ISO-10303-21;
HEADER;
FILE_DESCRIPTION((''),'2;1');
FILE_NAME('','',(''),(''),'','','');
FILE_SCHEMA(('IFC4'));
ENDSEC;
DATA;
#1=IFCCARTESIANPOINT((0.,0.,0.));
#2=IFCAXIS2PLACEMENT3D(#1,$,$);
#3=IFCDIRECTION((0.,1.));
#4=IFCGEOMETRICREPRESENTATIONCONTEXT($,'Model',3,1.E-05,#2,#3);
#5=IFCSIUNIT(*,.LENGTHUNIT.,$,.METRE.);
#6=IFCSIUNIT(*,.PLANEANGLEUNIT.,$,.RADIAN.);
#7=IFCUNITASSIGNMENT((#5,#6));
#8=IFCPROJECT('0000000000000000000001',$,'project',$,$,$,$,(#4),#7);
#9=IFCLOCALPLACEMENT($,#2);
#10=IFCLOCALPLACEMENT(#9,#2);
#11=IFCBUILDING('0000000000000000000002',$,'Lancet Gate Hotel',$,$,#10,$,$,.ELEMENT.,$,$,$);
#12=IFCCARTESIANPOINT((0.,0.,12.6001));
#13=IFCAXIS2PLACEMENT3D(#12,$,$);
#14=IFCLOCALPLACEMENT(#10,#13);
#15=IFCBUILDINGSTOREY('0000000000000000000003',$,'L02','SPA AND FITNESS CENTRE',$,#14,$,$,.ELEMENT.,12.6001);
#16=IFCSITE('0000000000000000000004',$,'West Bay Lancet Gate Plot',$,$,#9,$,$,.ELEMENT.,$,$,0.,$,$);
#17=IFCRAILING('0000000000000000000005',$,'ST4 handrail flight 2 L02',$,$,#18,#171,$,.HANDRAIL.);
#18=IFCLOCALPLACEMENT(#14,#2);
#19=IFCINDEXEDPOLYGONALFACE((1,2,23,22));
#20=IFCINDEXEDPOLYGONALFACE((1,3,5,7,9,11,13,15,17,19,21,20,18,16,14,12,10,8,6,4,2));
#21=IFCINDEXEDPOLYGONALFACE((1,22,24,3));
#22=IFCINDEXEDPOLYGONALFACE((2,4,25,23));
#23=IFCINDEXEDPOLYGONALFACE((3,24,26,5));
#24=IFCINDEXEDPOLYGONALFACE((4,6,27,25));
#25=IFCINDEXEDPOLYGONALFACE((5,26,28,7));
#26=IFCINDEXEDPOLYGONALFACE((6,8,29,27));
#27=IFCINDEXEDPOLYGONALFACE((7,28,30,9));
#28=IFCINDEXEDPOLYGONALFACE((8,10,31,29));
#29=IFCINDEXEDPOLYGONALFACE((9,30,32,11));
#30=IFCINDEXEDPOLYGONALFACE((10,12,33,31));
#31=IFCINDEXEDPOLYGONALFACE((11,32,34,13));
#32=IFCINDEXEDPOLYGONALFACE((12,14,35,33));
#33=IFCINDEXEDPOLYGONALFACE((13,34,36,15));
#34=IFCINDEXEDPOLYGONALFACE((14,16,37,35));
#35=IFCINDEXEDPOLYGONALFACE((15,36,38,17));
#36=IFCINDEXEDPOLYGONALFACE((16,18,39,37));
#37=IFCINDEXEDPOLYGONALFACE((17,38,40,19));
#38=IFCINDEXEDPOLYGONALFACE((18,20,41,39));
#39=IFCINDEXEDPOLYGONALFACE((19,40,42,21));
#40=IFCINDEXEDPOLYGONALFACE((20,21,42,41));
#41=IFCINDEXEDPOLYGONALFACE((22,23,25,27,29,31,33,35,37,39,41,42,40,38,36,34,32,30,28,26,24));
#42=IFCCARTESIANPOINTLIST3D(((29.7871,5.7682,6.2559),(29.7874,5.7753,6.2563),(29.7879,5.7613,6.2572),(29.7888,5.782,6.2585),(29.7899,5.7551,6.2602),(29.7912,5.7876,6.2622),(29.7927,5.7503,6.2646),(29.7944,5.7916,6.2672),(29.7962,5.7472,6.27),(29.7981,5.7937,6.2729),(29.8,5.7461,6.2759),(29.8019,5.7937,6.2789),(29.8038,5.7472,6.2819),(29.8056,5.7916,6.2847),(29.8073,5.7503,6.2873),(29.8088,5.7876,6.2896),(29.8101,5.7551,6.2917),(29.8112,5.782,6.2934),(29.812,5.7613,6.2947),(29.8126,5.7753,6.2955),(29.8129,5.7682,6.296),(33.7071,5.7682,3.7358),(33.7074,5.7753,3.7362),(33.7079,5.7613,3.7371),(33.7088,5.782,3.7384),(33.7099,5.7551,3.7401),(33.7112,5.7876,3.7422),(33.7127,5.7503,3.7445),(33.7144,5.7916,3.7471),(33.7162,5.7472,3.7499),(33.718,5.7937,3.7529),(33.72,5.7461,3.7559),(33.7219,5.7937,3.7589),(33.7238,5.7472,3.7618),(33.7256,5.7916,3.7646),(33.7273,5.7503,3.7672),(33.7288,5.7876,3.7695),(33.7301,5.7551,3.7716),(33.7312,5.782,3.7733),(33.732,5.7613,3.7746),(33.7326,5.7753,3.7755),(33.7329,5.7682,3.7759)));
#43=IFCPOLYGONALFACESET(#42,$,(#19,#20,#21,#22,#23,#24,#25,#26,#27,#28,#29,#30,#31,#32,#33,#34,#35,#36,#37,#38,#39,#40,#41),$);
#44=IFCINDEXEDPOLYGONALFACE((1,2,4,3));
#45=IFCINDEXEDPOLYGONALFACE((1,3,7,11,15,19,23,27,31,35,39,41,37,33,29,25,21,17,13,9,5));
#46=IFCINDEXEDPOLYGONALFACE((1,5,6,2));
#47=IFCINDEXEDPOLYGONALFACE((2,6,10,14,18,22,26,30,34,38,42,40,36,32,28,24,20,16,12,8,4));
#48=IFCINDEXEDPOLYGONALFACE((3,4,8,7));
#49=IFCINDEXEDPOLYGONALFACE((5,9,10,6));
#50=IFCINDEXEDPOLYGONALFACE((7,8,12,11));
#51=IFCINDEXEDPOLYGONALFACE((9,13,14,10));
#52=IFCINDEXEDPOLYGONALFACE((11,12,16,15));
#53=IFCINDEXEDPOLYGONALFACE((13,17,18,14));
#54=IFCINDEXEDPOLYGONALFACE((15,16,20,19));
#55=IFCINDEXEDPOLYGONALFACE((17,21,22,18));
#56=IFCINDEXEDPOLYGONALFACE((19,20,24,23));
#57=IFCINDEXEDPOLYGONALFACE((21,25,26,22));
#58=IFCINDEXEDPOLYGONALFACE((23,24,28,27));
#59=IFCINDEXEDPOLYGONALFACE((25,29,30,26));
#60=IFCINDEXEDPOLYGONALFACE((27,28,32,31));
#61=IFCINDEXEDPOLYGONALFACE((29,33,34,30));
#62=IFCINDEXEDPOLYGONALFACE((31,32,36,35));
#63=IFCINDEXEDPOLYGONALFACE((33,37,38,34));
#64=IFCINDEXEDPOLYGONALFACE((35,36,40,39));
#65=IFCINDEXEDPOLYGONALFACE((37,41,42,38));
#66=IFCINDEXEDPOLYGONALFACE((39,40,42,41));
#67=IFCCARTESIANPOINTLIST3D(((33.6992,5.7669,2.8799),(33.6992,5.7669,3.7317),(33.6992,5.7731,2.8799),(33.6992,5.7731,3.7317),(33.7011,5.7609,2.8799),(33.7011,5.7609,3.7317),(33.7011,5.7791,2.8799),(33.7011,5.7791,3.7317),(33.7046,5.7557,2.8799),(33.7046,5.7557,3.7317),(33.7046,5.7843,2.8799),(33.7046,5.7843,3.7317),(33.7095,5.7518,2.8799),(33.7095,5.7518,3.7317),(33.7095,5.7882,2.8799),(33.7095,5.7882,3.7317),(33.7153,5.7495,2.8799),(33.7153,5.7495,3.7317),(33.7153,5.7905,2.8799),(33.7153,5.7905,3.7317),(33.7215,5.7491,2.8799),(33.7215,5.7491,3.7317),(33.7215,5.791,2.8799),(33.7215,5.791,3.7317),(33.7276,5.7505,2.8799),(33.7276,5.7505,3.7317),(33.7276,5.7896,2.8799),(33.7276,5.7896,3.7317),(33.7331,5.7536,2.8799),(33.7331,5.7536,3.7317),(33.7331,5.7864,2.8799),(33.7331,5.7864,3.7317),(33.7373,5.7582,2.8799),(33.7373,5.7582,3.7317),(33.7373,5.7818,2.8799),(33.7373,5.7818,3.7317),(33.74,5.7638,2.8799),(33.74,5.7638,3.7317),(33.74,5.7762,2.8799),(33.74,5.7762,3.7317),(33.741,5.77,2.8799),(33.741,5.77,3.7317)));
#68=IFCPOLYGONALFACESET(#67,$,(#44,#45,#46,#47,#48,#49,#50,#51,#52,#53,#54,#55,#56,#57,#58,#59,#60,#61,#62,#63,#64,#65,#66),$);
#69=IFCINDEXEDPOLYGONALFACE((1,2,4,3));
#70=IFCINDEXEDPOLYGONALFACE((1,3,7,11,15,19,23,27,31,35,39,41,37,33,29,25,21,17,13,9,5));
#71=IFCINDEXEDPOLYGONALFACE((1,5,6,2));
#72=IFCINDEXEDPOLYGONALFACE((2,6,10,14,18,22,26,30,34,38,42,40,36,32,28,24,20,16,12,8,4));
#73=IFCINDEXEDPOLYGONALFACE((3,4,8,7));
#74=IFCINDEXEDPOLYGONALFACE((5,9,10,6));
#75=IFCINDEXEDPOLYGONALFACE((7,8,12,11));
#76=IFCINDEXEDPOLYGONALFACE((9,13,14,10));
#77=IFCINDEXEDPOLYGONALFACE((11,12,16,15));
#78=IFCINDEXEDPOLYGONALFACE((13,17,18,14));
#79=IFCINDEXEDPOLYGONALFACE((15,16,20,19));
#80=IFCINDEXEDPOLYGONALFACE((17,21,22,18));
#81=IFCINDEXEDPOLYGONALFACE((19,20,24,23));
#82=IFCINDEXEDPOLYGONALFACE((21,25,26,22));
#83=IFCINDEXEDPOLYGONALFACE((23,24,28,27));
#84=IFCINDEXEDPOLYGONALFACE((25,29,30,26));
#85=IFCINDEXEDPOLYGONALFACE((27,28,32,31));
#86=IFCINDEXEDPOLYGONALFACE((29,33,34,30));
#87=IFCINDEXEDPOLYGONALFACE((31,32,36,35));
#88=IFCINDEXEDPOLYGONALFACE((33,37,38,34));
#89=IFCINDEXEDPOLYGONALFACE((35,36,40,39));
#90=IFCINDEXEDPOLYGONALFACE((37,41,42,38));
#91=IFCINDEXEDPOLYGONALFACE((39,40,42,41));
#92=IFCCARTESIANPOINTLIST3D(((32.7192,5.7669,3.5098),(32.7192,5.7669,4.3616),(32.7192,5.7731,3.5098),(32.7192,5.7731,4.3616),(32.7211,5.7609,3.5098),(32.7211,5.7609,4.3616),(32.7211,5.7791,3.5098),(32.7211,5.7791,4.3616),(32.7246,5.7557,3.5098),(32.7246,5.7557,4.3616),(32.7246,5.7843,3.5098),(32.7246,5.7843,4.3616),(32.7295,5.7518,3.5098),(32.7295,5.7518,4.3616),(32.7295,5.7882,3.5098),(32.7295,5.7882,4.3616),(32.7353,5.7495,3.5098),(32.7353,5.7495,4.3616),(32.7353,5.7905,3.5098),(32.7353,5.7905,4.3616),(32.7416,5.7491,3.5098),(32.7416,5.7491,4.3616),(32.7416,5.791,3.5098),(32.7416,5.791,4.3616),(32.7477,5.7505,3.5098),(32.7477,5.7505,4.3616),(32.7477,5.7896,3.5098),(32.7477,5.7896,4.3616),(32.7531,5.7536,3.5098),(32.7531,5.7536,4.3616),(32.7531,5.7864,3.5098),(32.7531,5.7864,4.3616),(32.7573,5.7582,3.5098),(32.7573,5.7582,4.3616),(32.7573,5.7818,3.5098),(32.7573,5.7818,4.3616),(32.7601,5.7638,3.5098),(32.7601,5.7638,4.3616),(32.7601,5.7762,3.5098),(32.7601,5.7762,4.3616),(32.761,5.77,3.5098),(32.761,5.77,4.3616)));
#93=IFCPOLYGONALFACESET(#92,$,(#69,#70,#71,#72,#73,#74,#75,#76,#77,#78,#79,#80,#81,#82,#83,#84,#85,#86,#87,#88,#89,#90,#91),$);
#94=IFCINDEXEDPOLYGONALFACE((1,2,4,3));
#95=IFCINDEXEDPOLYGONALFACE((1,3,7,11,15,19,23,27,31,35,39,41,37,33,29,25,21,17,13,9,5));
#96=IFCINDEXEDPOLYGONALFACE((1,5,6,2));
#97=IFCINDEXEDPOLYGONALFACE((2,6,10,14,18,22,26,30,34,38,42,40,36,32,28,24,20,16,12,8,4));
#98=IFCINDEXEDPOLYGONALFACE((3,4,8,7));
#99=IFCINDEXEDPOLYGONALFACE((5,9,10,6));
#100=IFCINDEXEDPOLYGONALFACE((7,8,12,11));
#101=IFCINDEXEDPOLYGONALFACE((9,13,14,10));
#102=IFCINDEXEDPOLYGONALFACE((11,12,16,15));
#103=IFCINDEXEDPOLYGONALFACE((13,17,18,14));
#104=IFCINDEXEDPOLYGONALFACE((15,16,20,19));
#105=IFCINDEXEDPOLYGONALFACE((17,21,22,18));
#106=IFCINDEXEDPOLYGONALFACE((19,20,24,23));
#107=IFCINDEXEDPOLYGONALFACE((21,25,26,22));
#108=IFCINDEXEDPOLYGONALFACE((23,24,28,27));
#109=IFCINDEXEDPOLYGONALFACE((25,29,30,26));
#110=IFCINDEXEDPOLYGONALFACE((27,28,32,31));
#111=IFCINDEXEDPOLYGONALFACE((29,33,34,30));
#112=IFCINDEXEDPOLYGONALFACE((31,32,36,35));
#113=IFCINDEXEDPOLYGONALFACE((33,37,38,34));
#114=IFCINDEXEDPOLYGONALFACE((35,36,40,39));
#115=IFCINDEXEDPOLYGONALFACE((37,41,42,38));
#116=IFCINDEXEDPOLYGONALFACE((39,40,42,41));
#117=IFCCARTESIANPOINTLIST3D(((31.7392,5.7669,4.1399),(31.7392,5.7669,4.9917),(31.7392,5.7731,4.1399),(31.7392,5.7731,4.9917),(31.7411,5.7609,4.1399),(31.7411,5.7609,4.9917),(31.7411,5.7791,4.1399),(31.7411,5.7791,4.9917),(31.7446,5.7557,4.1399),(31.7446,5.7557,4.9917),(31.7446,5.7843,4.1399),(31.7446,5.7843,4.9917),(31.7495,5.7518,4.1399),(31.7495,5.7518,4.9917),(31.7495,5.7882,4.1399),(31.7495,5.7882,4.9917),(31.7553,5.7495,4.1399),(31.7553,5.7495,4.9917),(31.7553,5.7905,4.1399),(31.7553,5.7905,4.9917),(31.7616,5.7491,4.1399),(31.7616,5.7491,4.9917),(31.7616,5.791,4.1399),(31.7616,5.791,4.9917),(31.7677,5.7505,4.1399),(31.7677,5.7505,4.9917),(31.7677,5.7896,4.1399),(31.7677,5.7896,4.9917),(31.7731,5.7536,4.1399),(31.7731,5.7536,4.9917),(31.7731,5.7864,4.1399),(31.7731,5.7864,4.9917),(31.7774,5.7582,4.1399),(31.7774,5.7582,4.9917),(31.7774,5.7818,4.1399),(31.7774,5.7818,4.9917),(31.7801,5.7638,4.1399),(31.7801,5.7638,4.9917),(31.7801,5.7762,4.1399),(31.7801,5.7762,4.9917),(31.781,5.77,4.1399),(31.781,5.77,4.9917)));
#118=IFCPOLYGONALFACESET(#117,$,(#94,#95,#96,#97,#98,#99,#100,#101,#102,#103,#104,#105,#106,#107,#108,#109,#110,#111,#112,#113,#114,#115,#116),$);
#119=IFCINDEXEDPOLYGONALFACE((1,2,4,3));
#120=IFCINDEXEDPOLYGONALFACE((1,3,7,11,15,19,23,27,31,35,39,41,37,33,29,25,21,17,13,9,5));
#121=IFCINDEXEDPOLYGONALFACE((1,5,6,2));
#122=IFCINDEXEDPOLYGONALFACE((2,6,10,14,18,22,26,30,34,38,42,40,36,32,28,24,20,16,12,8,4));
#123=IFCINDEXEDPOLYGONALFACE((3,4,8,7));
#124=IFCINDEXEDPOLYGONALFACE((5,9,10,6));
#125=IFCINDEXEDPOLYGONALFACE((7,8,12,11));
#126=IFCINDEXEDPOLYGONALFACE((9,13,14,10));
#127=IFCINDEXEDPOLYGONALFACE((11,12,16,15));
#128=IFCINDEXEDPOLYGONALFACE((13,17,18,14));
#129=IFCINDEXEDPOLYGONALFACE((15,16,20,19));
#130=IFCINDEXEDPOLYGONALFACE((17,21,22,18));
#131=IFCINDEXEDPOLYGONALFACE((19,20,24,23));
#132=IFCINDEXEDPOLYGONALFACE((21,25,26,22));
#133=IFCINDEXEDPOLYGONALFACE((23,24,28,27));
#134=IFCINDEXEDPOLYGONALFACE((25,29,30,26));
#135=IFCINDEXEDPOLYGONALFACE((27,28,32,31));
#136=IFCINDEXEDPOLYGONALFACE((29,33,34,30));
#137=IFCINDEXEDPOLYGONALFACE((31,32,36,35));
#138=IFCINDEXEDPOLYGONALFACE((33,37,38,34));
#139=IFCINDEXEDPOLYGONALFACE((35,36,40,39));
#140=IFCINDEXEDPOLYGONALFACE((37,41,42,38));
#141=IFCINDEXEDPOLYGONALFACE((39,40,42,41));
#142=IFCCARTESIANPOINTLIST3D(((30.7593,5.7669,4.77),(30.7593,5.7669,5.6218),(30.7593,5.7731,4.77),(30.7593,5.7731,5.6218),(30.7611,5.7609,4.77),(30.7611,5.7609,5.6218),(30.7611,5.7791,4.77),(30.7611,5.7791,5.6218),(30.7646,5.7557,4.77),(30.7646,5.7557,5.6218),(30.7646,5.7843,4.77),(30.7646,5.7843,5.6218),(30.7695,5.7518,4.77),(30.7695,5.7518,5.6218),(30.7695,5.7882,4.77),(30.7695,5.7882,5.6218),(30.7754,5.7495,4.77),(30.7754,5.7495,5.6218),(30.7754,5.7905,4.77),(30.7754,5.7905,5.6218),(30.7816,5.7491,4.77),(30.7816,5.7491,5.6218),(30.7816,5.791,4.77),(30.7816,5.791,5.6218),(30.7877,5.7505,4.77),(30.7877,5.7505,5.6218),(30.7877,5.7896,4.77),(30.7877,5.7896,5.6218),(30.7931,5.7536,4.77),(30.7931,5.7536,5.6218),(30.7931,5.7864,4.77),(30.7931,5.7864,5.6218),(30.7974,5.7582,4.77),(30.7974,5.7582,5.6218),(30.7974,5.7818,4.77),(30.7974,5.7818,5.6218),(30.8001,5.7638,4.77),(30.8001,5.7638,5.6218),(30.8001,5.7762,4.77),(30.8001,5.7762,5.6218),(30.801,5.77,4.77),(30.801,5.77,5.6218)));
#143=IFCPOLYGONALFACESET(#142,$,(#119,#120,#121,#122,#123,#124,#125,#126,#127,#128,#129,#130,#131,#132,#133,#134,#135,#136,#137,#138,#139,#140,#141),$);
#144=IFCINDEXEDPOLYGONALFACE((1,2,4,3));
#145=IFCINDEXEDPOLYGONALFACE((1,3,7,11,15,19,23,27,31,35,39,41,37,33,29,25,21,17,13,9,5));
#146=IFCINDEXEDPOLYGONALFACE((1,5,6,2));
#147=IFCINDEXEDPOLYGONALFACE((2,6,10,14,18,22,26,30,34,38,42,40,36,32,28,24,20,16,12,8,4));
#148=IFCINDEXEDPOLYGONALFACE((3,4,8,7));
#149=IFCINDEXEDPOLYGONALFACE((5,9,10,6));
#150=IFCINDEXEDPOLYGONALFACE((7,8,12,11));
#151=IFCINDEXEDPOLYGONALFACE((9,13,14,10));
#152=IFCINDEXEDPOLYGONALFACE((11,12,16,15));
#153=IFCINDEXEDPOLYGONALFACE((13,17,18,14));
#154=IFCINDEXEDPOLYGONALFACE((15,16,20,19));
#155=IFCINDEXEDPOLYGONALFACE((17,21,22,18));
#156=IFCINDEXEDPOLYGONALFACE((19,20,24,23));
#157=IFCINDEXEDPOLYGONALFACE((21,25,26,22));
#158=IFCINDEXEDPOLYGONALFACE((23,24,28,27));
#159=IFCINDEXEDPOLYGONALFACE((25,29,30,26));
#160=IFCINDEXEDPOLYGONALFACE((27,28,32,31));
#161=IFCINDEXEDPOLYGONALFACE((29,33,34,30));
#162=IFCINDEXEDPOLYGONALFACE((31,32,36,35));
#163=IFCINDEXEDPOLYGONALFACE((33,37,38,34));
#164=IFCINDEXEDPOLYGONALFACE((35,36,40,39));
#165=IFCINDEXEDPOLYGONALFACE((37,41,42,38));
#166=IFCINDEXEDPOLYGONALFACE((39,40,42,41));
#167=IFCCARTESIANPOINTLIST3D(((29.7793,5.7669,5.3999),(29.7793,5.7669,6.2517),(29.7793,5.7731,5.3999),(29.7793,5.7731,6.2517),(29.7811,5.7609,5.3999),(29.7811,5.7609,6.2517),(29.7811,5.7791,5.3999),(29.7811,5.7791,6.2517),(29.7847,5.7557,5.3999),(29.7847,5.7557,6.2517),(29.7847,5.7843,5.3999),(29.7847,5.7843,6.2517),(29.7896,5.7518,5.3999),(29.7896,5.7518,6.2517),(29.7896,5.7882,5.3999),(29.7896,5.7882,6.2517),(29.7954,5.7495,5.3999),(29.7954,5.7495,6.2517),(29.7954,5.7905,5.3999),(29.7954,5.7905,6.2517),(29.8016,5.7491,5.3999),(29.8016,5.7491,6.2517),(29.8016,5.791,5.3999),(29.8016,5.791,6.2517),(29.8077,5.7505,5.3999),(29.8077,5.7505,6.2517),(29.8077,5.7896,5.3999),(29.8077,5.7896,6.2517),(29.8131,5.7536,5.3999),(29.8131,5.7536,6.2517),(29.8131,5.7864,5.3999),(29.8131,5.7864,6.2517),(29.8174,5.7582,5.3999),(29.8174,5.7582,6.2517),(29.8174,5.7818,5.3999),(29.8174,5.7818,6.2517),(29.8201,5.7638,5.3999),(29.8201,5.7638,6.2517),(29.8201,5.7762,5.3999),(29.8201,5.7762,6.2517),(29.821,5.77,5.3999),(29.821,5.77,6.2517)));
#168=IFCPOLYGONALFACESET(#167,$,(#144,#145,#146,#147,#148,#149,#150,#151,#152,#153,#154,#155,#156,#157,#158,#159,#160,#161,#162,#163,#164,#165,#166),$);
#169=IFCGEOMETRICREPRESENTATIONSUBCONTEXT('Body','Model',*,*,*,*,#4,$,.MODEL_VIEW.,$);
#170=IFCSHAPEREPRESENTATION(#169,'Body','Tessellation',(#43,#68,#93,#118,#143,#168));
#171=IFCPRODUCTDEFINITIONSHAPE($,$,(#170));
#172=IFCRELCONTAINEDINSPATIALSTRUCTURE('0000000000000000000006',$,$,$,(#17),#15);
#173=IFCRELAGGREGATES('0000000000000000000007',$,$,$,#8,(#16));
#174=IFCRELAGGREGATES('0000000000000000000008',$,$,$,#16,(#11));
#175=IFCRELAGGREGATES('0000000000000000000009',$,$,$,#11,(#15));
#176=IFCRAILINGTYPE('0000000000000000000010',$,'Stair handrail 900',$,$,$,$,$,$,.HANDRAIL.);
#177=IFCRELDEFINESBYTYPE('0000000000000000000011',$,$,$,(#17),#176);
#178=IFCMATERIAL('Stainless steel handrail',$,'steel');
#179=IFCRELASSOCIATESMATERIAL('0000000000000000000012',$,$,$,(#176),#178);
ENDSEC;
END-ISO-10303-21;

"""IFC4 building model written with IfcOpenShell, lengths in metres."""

from ifc_helpers import new_model, si_unit, direction, frame, origin, origin_2d, place, context, subcontext, project, spatial, circle, extrude, material, type_object, element, save


model = new_model("IFC4")

# Units and contexts
model_context = context("Model", 3, precision=1e-05, world=origin(), true_north=direction((0.0, 1.0)))
body_context = subcontext(model_context, "Body", "Model", "MODEL_VIEW")
ifc_project = project(units=[si_unit("LENGTHUNIT", "METRE"), si_unit("PLANEANGLEUNIT", "RADIAN")], contexts=[model_context])

# Site, building, storey
site_placement = place(None, origin())
site = spatial("IfcSite", under=ifc_project, at=site_placement, Name="West Bay Lancet Gate Plot", CompositionType="ELEMENT", RefElevation=0.0)
building_placement = place(site_placement, origin())
building = spatial("IfcBuilding", under=site, at=building_placement, Name="Lancet Gate Hotel", CompositionType="ELEMENT")
storey_placement = place(building_placement, frame((0.0, 0.0, 12.6001)))
storey = spatial("IfcBuildingStorey", under=building, at=storey_placement, Name="L02", Description="SPA AND FITNESS CENTRE", CompositionType="ELEMENT", Elevation=12.6001)

# Railing
ifc_material_1 = material(Name="Stainless steel handrail", Category="steel")
railing_type = type_object("IfcRailingType", Name="Stair handrail 900", PredefinedType="HANDRAIL", material=ifc_material_1)
railing_1_placement = place(storey_placement, frame((33.72, 5.77, 2.8799)))
element("IfcRailing", 1, at=railing_1_placement, inside=storey, type_object=railing_type, Name="ST4 handrail flight 2 L02", PredefinedType="HANDRAIL", context=body_context, shape_type="SweptSolid", body=[
    extrude(circle(Radius=0.0239, at=origin_2d()), frame((0.0, 0.0, 0.876), z_axis=(-0.841172, 0.0, 0.540768), x_axis=(0.0, -1.0, 0.0)), (0.0, 0.0, 1.0), 4.6602),
    extrude(circle(Radius=0.021, at=origin_2d()), origin(), (0.0, 0.0, 1.0), 0.8518),
    extrude(circle(Radius=0.021, at=origin_2d()), frame((-0.98, 0.0, 0.6299)), (0.0, 0.0, 1.0), 0.8518),
    extrude(circle(Radius=0.021, at=origin_2d()), frame((-1.96, 0.0, 1.26)), (0.0, 0.0, 1.0), 0.8518),
    extrude(circle(Radius=0.021, at=origin_2d()), frame((-2.9399, 0.0, 1.8901)), (0.0, 0.0, 1.0), 0.8518),
    extrude(circle(Radius=0.021, at=origin_2d()), frame((-3.9199, 0.0, 2.52)), (0.0, 0.0, 1.0), 0.8518),
])

save(model, "model.ifc")
